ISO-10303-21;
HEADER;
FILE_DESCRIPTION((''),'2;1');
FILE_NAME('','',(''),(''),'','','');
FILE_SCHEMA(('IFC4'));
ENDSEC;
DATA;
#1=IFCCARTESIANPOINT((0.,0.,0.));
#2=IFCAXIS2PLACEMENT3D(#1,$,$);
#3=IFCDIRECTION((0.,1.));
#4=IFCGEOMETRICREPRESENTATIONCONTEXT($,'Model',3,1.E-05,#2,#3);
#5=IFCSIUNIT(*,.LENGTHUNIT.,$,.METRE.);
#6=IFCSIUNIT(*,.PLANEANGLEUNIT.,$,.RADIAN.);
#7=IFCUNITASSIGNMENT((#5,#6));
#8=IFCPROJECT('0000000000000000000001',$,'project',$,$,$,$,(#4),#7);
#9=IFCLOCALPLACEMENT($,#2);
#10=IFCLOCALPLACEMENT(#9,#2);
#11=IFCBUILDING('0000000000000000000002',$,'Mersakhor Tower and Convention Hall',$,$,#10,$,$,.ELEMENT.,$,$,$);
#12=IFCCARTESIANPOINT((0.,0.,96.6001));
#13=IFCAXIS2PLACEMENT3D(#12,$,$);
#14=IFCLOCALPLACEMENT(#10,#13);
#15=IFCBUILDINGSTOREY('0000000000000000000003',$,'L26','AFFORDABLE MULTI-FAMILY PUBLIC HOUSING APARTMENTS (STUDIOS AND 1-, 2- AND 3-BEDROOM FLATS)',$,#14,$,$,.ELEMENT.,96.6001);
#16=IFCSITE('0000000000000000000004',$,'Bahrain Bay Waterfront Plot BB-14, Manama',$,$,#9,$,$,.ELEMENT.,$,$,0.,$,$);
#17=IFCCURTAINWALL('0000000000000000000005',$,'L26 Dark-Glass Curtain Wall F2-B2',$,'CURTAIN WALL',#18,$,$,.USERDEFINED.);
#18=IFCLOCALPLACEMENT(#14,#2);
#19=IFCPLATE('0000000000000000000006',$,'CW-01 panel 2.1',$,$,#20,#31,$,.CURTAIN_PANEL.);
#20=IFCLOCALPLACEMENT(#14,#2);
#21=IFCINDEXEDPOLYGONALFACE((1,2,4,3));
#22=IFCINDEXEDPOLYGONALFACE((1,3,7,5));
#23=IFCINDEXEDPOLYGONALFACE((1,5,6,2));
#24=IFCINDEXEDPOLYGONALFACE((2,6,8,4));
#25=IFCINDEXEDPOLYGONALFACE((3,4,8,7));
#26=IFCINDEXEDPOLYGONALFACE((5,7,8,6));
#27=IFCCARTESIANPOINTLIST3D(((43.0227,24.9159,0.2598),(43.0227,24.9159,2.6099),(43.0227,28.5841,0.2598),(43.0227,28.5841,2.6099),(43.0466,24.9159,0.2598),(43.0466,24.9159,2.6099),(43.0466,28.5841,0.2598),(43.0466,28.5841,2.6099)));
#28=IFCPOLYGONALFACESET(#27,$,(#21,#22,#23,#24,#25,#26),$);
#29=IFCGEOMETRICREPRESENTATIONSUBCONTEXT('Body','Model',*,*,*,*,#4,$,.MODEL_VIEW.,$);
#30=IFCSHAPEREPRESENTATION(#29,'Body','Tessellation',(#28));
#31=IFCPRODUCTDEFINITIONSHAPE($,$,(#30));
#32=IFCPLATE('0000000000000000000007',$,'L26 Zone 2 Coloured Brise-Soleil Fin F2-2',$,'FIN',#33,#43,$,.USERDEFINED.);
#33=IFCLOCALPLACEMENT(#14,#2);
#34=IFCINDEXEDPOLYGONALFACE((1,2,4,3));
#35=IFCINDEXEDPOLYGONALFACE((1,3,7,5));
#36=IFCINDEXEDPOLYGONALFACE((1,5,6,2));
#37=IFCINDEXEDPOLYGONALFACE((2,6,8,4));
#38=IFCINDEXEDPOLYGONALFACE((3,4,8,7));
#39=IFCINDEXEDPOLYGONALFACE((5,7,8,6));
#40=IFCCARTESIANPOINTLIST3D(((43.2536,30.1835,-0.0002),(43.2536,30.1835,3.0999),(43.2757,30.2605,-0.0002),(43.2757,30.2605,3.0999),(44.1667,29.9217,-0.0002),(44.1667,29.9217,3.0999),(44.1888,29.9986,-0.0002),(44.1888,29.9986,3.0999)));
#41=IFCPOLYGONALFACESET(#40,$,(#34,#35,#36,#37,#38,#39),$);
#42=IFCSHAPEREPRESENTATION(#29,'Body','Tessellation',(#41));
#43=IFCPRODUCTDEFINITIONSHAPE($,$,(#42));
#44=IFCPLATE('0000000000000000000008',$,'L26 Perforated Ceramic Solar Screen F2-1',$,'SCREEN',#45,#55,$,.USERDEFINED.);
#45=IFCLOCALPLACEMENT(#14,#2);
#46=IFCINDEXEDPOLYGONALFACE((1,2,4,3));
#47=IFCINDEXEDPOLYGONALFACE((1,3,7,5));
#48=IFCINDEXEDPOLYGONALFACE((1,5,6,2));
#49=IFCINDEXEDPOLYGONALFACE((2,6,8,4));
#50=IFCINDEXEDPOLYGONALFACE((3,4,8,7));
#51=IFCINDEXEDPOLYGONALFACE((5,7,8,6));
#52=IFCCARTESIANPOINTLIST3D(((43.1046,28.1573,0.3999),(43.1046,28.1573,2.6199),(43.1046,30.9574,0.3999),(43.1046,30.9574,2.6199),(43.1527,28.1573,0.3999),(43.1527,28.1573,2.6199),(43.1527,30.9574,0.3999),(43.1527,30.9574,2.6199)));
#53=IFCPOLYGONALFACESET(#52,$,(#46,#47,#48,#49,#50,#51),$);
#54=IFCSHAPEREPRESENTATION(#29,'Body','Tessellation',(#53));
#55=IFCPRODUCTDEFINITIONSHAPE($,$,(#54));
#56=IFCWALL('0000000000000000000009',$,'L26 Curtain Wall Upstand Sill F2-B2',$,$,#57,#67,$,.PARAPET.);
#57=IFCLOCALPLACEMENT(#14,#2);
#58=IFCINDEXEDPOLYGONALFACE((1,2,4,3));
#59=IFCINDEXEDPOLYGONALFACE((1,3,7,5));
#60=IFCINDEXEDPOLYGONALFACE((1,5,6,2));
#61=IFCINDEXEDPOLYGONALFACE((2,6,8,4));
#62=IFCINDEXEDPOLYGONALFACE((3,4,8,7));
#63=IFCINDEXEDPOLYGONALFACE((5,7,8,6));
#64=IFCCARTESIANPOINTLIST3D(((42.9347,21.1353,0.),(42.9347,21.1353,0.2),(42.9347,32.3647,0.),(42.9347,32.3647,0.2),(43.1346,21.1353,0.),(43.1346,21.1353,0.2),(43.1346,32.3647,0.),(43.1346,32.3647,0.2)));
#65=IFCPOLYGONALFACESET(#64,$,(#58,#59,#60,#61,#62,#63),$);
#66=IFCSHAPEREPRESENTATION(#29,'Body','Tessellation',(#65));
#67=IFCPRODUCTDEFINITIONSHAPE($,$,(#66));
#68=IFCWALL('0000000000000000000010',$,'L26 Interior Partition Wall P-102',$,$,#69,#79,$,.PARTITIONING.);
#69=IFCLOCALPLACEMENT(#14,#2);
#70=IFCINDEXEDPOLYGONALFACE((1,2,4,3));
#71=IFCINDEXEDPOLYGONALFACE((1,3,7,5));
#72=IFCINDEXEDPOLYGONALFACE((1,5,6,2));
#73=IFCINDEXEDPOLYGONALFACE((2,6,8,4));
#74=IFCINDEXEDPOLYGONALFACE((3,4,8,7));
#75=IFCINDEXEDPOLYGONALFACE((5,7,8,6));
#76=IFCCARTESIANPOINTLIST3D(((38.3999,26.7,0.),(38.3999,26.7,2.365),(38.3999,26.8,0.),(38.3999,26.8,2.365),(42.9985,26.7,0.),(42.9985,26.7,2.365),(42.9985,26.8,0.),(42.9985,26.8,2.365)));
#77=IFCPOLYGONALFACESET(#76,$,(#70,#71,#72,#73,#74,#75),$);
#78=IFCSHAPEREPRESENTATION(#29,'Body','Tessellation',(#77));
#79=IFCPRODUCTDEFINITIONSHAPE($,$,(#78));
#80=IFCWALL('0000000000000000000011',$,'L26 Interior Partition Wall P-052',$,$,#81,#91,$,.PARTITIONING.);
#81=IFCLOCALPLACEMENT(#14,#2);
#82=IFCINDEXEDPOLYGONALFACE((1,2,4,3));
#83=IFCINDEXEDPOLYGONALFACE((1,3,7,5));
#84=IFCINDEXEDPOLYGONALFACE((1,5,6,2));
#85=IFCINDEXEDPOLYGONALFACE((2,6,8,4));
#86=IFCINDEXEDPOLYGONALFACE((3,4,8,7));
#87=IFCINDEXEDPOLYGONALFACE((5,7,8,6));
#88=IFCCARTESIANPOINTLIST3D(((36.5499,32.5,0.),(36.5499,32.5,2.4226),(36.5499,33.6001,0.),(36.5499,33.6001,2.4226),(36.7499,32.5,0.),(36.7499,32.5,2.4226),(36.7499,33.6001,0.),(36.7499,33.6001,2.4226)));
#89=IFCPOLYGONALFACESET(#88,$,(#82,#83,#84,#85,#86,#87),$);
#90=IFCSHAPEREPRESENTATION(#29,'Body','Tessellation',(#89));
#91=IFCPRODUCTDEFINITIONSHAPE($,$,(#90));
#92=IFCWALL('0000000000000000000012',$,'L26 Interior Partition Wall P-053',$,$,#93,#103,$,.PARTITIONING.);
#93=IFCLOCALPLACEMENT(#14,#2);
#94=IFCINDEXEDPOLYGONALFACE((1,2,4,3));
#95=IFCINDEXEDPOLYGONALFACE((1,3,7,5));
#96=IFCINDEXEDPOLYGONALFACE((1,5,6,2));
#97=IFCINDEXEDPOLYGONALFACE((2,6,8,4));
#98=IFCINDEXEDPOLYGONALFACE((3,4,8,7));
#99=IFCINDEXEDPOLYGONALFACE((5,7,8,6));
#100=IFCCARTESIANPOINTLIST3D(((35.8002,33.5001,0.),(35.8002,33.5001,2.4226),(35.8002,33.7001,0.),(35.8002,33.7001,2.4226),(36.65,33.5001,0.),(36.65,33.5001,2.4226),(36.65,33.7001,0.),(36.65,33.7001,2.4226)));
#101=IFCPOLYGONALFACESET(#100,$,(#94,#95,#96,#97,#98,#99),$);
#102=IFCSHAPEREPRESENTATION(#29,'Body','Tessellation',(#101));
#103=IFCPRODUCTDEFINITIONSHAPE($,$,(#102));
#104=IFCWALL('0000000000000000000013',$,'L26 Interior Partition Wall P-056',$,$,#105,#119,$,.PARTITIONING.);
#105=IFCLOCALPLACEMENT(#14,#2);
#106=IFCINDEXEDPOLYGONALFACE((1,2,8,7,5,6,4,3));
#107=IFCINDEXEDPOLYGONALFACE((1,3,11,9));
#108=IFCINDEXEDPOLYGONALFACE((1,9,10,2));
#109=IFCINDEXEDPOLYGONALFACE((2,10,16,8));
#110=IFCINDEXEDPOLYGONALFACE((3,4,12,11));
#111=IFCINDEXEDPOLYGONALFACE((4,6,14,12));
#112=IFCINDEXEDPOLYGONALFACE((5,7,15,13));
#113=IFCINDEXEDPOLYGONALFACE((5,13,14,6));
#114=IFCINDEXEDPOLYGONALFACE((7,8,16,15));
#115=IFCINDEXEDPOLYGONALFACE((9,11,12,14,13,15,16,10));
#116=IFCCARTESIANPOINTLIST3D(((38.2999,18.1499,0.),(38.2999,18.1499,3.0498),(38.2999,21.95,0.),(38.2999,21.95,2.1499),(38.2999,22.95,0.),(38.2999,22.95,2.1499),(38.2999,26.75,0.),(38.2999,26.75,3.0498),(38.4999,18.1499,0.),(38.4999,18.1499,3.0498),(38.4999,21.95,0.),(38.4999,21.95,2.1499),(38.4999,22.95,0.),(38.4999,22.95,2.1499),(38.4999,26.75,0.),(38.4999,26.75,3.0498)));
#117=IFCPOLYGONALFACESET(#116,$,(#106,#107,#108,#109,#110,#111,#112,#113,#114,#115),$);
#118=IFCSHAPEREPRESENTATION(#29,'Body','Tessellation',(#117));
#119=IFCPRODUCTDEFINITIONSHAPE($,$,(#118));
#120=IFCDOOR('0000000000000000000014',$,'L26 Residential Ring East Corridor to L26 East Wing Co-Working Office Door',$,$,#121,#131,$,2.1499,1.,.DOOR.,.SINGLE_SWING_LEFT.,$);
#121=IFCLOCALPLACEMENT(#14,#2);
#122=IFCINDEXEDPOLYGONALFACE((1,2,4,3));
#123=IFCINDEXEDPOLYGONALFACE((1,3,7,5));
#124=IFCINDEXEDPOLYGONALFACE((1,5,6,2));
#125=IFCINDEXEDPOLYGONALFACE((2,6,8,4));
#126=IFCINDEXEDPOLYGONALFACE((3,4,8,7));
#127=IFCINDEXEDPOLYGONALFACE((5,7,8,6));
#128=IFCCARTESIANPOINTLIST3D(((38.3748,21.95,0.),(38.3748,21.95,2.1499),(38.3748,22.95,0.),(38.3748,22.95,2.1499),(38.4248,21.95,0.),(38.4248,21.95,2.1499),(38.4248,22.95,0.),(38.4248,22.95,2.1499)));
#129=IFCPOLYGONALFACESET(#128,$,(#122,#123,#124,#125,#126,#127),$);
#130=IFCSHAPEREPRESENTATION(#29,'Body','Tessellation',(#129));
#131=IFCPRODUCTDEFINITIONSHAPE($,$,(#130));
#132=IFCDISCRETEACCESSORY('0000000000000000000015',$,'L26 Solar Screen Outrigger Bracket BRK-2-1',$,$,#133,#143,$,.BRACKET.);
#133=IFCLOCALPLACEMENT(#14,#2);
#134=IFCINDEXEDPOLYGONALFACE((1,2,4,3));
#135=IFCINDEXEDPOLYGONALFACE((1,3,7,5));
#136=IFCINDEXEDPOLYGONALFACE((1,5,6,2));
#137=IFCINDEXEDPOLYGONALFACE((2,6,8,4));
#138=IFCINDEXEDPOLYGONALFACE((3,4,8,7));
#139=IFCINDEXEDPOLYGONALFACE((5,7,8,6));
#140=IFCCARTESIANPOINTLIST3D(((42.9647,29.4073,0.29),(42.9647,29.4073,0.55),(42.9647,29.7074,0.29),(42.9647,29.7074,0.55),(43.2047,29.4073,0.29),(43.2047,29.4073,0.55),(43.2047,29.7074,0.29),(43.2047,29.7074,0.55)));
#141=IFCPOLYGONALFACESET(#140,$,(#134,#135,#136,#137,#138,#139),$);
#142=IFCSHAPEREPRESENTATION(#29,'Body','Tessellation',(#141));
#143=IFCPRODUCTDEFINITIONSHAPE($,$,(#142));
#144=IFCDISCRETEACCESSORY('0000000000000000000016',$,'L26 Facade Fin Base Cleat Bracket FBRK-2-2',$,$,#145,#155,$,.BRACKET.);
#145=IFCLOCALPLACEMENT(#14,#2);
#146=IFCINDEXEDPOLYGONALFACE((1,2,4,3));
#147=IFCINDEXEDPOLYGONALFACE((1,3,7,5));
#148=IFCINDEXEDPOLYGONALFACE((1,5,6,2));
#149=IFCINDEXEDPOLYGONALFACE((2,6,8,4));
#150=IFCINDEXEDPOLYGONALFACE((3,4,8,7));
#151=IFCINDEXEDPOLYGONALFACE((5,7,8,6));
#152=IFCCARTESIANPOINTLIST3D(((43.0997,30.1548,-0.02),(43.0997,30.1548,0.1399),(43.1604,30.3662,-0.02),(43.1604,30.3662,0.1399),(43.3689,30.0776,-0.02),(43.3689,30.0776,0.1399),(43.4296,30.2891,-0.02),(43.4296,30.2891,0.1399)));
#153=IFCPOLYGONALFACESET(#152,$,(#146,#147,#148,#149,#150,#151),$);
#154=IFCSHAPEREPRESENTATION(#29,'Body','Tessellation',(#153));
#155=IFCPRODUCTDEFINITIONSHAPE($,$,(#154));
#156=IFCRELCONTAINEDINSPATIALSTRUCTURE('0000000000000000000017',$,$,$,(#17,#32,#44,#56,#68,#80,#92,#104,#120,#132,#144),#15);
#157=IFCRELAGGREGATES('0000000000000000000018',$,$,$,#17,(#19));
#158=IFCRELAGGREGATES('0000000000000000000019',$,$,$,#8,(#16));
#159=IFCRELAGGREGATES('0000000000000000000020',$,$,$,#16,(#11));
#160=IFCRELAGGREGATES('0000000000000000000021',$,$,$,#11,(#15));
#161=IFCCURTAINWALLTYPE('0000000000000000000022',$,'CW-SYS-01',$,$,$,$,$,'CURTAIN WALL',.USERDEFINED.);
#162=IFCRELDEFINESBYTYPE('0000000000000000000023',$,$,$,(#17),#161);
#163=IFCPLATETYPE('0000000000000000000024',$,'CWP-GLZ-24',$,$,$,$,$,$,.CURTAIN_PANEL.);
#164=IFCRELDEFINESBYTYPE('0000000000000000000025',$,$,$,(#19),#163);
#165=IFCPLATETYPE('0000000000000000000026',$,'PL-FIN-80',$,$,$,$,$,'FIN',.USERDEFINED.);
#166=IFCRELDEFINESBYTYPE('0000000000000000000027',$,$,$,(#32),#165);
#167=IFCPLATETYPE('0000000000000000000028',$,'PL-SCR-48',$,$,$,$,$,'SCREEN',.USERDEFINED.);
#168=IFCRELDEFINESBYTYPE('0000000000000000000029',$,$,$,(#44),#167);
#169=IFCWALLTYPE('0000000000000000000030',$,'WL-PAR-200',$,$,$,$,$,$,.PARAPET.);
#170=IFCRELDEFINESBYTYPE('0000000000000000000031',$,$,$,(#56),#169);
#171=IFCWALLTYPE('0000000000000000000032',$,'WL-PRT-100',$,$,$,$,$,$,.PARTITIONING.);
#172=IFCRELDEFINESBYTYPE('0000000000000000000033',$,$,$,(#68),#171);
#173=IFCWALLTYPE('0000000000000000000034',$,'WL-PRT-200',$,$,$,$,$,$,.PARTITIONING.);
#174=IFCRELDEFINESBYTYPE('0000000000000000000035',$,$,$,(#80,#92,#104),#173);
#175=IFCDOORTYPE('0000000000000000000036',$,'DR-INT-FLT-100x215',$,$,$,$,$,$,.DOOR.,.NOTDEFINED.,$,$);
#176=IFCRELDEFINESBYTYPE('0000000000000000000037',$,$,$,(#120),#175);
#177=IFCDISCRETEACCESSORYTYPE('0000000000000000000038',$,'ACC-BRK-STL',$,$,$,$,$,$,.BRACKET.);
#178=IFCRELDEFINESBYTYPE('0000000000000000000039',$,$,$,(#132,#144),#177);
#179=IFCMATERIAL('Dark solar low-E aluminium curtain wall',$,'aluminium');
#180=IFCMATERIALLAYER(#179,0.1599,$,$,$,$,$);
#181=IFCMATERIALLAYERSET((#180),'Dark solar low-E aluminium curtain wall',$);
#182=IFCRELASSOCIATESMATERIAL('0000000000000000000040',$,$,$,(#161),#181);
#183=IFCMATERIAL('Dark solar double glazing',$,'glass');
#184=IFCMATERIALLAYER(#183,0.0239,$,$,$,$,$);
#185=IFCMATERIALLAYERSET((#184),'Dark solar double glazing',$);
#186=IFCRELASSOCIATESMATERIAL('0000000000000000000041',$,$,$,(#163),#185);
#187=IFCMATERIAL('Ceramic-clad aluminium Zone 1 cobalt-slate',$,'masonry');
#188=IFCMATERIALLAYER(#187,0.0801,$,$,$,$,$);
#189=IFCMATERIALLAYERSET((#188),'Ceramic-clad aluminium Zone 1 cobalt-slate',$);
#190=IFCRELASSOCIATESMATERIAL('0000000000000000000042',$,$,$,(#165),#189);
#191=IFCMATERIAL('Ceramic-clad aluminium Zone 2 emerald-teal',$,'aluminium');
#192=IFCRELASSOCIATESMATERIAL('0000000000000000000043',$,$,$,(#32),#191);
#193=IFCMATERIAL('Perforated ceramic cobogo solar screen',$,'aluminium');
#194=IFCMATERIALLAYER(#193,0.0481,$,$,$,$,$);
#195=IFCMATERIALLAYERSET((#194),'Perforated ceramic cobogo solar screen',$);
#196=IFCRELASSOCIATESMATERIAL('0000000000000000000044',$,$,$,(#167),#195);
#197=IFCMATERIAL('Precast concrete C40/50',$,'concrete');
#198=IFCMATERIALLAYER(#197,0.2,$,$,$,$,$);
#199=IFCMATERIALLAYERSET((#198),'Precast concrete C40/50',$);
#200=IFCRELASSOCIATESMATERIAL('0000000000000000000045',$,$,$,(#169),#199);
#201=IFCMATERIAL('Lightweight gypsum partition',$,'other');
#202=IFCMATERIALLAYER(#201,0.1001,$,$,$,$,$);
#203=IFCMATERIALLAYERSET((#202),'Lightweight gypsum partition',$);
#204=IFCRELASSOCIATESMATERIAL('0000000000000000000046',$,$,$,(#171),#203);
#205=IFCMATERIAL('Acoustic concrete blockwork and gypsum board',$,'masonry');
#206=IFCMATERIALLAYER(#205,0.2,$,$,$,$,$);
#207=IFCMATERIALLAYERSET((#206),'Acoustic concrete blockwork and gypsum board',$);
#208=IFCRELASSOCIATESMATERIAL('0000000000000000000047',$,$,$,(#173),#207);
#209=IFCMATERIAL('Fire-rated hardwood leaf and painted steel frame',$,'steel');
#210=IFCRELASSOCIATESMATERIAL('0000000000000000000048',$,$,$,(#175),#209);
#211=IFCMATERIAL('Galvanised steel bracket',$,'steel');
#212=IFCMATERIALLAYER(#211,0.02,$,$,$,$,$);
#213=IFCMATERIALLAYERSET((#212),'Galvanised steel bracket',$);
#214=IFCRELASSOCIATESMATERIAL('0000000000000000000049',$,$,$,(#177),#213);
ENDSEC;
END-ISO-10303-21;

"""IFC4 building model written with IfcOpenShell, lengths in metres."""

from ifc_helpers import new_model, si_unit, direction, frame, frame_2d, origin, origin_2d, place, context, subcontext, project, spatial, rectangle, extrude, material, layer, layer_set, type_object, element, fill, aggregate, save


model = new_model("IFC4")

# Units and contexts
model_context = context("Model", 3, precision=1e-05, world=origin(), true_north=direction((0.0, 1.0)))
body_context = subcontext(model_context, "Body", "Model", "MODEL_VIEW")
ifc_project = project(units=[si_unit("LENGTHUNIT", "METRE"), si_unit("PLANEANGLEUNIT", "RADIAN")], contexts=[model_context])

# Site, building, storey
site_placement = place(None, origin())
site = spatial("IfcSite", under=ifc_project, at=site_placement, Name="Bahrain Bay Waterfront Plot BB-14, Manama", CompositionType="ELEMENT", RefElevation=0.0)
building_placement = place(site_placement, origin())
building = spatial("IfcBuilding", under=site, at=building_placement, Name="Mersakhor Tower and Convention Hall", CompositionType="ELEMENT")
storey_placement = place(building_placement, frame((0.0, 0.0, 96.6001)))
storey = spatial("IfcBuildingStorey", under=building, at=storey_placement, Name="L26", Description="AFFORDABLE MULTI-FAMILY PUBLIC HOUSING APARTMENTS (STUDIOS AND 1-, 2- AND 3-BEDROOM FLATS)", CompositionType="ELEMENT", Elevation=96.6001)

# Curtain wall, plate
ifc_material_1 = material(Name="Dark solar low-E aluminium curtain wall", Category="aluminium")
ifc_layer_1 = layer(ifc_material_1, 0.1599)
ifc_layer_set_1 = layer_set([ifc_layer_1], Name="Dark solar low-E aluminium curtain wall")
curtain_wall_type = type_object("IfcCurtainWallType", Name="CW-SYS-01", ElementType="CURTAIN WALL", PredefinedType="USERDEFINED", material=ifc_layer_set_1)
curtain_wall_placement = place(storey_placement, origin())
curtain_wall = element("IfcCurtainWall", 1, at=curtain_wall_placement, inside=storey, type_object=curtain_wall_type, Name="L26 Dark-Glass Curtain Wall F2-B2", ObjectType="CURTAIN WALL", PredefinedType="USERDEFINED")
ifc_material_2 = material(Name="Dark solar double glazing", Category="glass")
ifc_layer_2 = layer(ifc_material_2, 0.0239)
ifc_layer_set_2 = layer_set([ifc_layer_2], Name="Dark solar double glazing")
plate_type_1 = type_object("IfcPlateType", Name="CWP-GLZ-24", PredefinedType="CURTAIN_PANEL", material=ifc_layer_set_2)
plate_1_placement = place(storey_placement, frame((43.0347, 26.75, 0.2598), z_axis=(0.0, 0.0, 1.0), x_axis=(0.0, -1.0, 0.0)))
plate_1 = element("IfcPlate", 2, at=plate_1_placement, type_object=plate_type_1, Name="CW-01 panel 2.1", PredefinedType="CURTAIN_PANEL", context=body_context, shape_type="SweptSolid", body=[
    extrude(rectangle(XDim=3.6682, YDim=0.0239, at=origin_2d()), origin(), (0.0, 0.0, 1.0), 2.3501),
])
aggregate(curtain_wall, [plate_1])

# Plates
ifc_material_3 = material(Name="Ceramic-clad aluminium Zone 2 emerald-teal", Category="aluminium")
ifc_material_4 = material(Name="Ceramic-clad aluminium Zone 1 cobalt-slate", Category="masonry")
ifc_layer_3 = layer(ifc_material_4, 0.0801)
ifc_layer_set_3 = layer_set([ifc_layer_3], Name="Ceramic-clad aluminium Zone 1 cobalt-slate")
plate_type_2 = type_object("IfcPlateType", Name="PL-FIN-80", ElementType="FIN", PredefinedType="USERDEFINED", material=ifc_layer_set_3)
plate_2_placement = place(storey_placement, frame((43.7212, 30.0911, -0.0002), z_axis=(0.0, 0.0, 1.0), x_axis=(0.961262, -0.275637, 0.0)))
element("IfcPlate", 3, at=plate_2_placement, inside=storey, type_object=plate_type_2, material=ifc_material_3, Name="L26 Zone 2 Coloured Brise-Soleil Fin F2-2", ObjectType="FIN", PredefinedType="USERDEFINED", context=body_context, shape_type="SweptSolid", body=[
    extrude(rectangle(XDim=0.95, YDim=0.0801, at=origin_2d()), origin(), (0.0, 0.0, 1.0), 3.1001),
])
ifc_material_5 = material(Name="Perforated ceramic cobogo solar screen", Category="aluminium")
ifc_layer_4 = layer(ifc_material_5, 0.0481)
ifc_layer_set_4 = layer_set([ifc_layer_4], Name="Perforated ceramic cobogo solar screen")
plate_type_3 = type_object("IfcPlateType", Name="PL-SCR-48", ElementType="SCREEN", PredefinedType="USERDEFINED", material=ifc_layer_set_4)
plate_3_placement = place(storey_placement, frame((43.1287, 29.5574, 0.3999), z_axis=(0.0, 0.0, 1.0), x_axis=(0.0, -1.0, 0.0)))
element("IfcPlate", 4, at=plate_3_placement, inside=storey, type_object=plate_type_3, Name="L26 Perforated Ceramic Solar Screen F2-1", ObjectType="SCREEN", PredefinedType="USERDEFINED", context=body_context, shape_type="SweptSolid", body=[
    extrude(rectangle(XDim=2.8, YDim=0.0481, at=origin_2d()), origin(), (0.0, 0.0, 1.0), 2.22),
])

# Walls
ifc_material_6 = material(Name="Precast concrete C40/50", Category="concrete")
ifc_layer_5 = layer(ifc_material_6, 0.2)
ifc_layer_set_5 = layer_set([ifc_layer_5], Name="Precast concrete C40/50")
wall_type_1 = type_object("IfcWallType", Name="WL-PAR-200", PredefinedType="PARAPET", material=ifc_layer_set_5)
wall_1_placement = place(storey_placement, frame((43.0347, 32.3647, 0.0), z_axis=(0.0, 0.0, 1.0), x_axis=(0.0, -1.0, 0.0)))
element("IfcWall", 5, at=wall_1_placement, inside=storey, type_object=wall_type_1, Name="L26 Curtain Wall Upstand Sill F2-B2", PredefinedType="PARAPET", context=body_context, shape_type="SweptSolid", body=[
    extrude(rectangle(XDim=11.2295, YDim=0.2, at=frame_2d((5.6147, 0.0))), origin(), (0.0, 0.0, 1.0), 0.2),
])
ifc_material_7 = material(Name="Lightweight gypsum partition", Category="other")
ifc_layer_6 = layer(ifc_material_7, 0.1001)
ifc_layer_set_6 = layer_set([ifc_layer_6], Name="Lightweight gypsum partition")
wall_type_2 = type_object("IfcWallType", Name="WL-PRT-100", PredefinedType="PARTITIONING", material=ifc_layer_set_6)
wall_2_placement = place(storey_placement, frame((42.9985, 26.75, 0.0), z_axis=(0.0, 0.0, 1.0), x_axis=(-1.0, 0.0, 0.0)))
element("IfcWall", 6, at=wall_2_placement, inside=storey, type_object=wall_type_2, Name="L26 Interior Partition Wall P-102", PredefinedType="PARTITIONING", context=body_context, shape_type="SweptSolid", body=[
    extrude(rectangle(XDim=4.5986, YDim=0.1001, at=frame_2d((2.2993, 0.0))), origin(), (0.0, 0.0, 1.0), 2.365),
])
ifc_material_8 = material(Name="Acoustic concrete blockwork and gypsum board", Category="masonry")
ifc_layer_7 = layer(ifc_material_8, 0.2)
ifc_layer_set_7 = layer_set([ifc_layer_7], Name="Acoustic concrete blockwork and gypsum board")
wall_type_3 = type_object("IfcWallType", Name="WL-PRT-200", PredefinedType="PARTITIONING", material=ifc_layer_set_7)
wall_3_placement = place(storey_placement, frame((36.6499, 32.5, 0.0), z_axis=(0.0, 0.0, 1.0), x_axis=(0.0, 1.0, 0.0)))
element("IfcWall", 7, at=wall_3_placement, inside=storey, type_object=wall_type_3, Name="L26 Interior Partition Wall P-052", PredefinedType="PARTITIONING", context=body_context, shape_type="SweptSolid", body=[
    extrude(rectangle(XDim=1.1001, YDim=0.2, at=frame_2d((0.55, 0.0))), origin(), (0.0, 0.0, 1.0), 2.4226),
])
wall_4_placement = place(storey_placement, frame((36.6499, 33.6001, 0.0), z_axis=(0.0, 0.0, 1.0), x_axis=(-1.0, 0.0, 0.0)))
element("IfcWall", 8, at=wall_4_placement, inside=storey, type_object=wall_type_3, Name="L26 Interior Partition Wall P-053", PredefinedType="PARTITIONING", context=body_context, shape_type="SweptSolid", body=[
    extrude(rectangle(XDim=0.8499, YDim=0.2, at=frame_2d((0.4248, 0.0))), origin(), (0.0, 0.0, 1.0), 2.4226),
])

# Wall, opening, door
wall_5_placement = place(storey_placement, frame((38.3999, 26.75, 0.0), z_axis=(0.0, 0.0, 1.0), x_axis=(0.0, -1.0, 0.0)))
wall_5 = element("IfcWall", 9, at=wall_5_placement, inside=storey, type_object=wall_type_3, Name="L26 Interior Partition Wall P-056", PredefinedType="PARTITIONING", context=body_context, shape_type="SweptSolid", body=[
    extrude(rectangle(XDim=8.6001, YDim=0.2, at=frame_2d((4.3, 0.0))), origin(), (0.0, 0.0, 1.0), 3.0498),
])
opening_placement = place(wall_5_placement, frame((3.8, 0.0, 0.0)))
opening = element("IfcOpeningElement", 10, at=opening_placement, cuts=wall_5, PredefinedType="OPENING", context=body_context, shape_type="SweptSolid", body=[
    extrude(rectangle(XDim=1.0, YDim=2.1499, at=frame_2d((0.5, 1.075))), frame((0.0, 0.1099, 0.0), z_axis=(0.0, -1.0, 0.0), x_axis=(1.0, 0.0, 0.0)), (0.0, 0.0, 1.0), 0.22),
])
ifc_material_9 = material(Name="Fire-rated hardwood leaf and painted steel frame", Category="steel")
door_type = type_object("IfcDoorType", Name="DR-INT-FLT-100x215", OperationType="NOTDEFINED", PredefinedType="DOOR", material=ifc_material_9)
door_placement = place(opening_placement, origin())
door = element("IfcDoor", 11, at=door_placement, inside=storey, type_object=door_type, Name="L26 Residential Ring East Corridor to L26 East Wing Co-Working Office Door", OperationType="SINGLE_SWING_LEFT", OverallHeight=2.1499, OverallWidth=1.0, PredefinedType="DOOR", context=body_context, shape_type="SweptSolid", body=[
    extrude(rectangle(XDim=1.0, YDim=2.1499, at=frame_2d((0.5, 1.075))), frame((0.0, 0.0249, 0.0), z_axis=(0.0, -1.0, 0.0), x_axis=(1.0, 0.0, 0.0)), (0.0, 0.0, 1.0), 0.05),
])
fill(opening, door)

# Discrete accessories
ifc_material_10 = material(Name="Galvanised steel bracket", Category="steel")
ifc_layer_8 = layer(ifc_material_10, 0.02)
ifc_layer_set_8 = layer_set([ifc_layer_8], Name="Galvanised steel bracket")
discrete_accessory_type = type_object("IfcDiscreteAccessoryType", Name="ACC-BRK-STL", PredefinedType="BRACKET", material=ifc_layer_set_8)
discrete_accessory_1_placement = place(storey_placement, frame((43.0847, 29.5574, 0.29), z_axis=(0.0, 0.0, 1.0), x_axis=(0.0, -1.0, 0.0)))
element("IfcDiscreteAccessory", 12, at=discrete_accessory_1_placement, inside=storey, type_object=discrete_accessory_type, Name="L26 Solar Screen Outrigger Bracket BRK-2-1", PredefinedType="BRACKET", context=body_context, shape_type="SweptSolid", body=[
    extrude(rectangle(XDim=0.3, YDim=0.24, at=origin_2d()), origin(), (0.0, 0.0, 1.0), 0.26),
])
discrete_accessory_2_placement = place(storey_placement, frame((43.2646, 30.2219, -0.02), z_axis=(0.0, 0.0, 1.0), x_axis=(0.961262, -0.275637, 0.0)))
element("IfcDiscreteAccessory", 13, at=discrete_accessory_2_placement, inside=storey, type_object=discrete_accessory_type, Name="L26 Facade Fin Base Cleat Bracket FBRK-2-2", PredefinedType="BRACKET", context=body_context, shape_type="SweptSolid", body=[
    extrude(rectangle(XDim=0.28, YDim=0.22, at=origin_2d()), origin(), (0.0, 0.0, 1.0), 0.1599),
])

save(model, "model.ifc")
